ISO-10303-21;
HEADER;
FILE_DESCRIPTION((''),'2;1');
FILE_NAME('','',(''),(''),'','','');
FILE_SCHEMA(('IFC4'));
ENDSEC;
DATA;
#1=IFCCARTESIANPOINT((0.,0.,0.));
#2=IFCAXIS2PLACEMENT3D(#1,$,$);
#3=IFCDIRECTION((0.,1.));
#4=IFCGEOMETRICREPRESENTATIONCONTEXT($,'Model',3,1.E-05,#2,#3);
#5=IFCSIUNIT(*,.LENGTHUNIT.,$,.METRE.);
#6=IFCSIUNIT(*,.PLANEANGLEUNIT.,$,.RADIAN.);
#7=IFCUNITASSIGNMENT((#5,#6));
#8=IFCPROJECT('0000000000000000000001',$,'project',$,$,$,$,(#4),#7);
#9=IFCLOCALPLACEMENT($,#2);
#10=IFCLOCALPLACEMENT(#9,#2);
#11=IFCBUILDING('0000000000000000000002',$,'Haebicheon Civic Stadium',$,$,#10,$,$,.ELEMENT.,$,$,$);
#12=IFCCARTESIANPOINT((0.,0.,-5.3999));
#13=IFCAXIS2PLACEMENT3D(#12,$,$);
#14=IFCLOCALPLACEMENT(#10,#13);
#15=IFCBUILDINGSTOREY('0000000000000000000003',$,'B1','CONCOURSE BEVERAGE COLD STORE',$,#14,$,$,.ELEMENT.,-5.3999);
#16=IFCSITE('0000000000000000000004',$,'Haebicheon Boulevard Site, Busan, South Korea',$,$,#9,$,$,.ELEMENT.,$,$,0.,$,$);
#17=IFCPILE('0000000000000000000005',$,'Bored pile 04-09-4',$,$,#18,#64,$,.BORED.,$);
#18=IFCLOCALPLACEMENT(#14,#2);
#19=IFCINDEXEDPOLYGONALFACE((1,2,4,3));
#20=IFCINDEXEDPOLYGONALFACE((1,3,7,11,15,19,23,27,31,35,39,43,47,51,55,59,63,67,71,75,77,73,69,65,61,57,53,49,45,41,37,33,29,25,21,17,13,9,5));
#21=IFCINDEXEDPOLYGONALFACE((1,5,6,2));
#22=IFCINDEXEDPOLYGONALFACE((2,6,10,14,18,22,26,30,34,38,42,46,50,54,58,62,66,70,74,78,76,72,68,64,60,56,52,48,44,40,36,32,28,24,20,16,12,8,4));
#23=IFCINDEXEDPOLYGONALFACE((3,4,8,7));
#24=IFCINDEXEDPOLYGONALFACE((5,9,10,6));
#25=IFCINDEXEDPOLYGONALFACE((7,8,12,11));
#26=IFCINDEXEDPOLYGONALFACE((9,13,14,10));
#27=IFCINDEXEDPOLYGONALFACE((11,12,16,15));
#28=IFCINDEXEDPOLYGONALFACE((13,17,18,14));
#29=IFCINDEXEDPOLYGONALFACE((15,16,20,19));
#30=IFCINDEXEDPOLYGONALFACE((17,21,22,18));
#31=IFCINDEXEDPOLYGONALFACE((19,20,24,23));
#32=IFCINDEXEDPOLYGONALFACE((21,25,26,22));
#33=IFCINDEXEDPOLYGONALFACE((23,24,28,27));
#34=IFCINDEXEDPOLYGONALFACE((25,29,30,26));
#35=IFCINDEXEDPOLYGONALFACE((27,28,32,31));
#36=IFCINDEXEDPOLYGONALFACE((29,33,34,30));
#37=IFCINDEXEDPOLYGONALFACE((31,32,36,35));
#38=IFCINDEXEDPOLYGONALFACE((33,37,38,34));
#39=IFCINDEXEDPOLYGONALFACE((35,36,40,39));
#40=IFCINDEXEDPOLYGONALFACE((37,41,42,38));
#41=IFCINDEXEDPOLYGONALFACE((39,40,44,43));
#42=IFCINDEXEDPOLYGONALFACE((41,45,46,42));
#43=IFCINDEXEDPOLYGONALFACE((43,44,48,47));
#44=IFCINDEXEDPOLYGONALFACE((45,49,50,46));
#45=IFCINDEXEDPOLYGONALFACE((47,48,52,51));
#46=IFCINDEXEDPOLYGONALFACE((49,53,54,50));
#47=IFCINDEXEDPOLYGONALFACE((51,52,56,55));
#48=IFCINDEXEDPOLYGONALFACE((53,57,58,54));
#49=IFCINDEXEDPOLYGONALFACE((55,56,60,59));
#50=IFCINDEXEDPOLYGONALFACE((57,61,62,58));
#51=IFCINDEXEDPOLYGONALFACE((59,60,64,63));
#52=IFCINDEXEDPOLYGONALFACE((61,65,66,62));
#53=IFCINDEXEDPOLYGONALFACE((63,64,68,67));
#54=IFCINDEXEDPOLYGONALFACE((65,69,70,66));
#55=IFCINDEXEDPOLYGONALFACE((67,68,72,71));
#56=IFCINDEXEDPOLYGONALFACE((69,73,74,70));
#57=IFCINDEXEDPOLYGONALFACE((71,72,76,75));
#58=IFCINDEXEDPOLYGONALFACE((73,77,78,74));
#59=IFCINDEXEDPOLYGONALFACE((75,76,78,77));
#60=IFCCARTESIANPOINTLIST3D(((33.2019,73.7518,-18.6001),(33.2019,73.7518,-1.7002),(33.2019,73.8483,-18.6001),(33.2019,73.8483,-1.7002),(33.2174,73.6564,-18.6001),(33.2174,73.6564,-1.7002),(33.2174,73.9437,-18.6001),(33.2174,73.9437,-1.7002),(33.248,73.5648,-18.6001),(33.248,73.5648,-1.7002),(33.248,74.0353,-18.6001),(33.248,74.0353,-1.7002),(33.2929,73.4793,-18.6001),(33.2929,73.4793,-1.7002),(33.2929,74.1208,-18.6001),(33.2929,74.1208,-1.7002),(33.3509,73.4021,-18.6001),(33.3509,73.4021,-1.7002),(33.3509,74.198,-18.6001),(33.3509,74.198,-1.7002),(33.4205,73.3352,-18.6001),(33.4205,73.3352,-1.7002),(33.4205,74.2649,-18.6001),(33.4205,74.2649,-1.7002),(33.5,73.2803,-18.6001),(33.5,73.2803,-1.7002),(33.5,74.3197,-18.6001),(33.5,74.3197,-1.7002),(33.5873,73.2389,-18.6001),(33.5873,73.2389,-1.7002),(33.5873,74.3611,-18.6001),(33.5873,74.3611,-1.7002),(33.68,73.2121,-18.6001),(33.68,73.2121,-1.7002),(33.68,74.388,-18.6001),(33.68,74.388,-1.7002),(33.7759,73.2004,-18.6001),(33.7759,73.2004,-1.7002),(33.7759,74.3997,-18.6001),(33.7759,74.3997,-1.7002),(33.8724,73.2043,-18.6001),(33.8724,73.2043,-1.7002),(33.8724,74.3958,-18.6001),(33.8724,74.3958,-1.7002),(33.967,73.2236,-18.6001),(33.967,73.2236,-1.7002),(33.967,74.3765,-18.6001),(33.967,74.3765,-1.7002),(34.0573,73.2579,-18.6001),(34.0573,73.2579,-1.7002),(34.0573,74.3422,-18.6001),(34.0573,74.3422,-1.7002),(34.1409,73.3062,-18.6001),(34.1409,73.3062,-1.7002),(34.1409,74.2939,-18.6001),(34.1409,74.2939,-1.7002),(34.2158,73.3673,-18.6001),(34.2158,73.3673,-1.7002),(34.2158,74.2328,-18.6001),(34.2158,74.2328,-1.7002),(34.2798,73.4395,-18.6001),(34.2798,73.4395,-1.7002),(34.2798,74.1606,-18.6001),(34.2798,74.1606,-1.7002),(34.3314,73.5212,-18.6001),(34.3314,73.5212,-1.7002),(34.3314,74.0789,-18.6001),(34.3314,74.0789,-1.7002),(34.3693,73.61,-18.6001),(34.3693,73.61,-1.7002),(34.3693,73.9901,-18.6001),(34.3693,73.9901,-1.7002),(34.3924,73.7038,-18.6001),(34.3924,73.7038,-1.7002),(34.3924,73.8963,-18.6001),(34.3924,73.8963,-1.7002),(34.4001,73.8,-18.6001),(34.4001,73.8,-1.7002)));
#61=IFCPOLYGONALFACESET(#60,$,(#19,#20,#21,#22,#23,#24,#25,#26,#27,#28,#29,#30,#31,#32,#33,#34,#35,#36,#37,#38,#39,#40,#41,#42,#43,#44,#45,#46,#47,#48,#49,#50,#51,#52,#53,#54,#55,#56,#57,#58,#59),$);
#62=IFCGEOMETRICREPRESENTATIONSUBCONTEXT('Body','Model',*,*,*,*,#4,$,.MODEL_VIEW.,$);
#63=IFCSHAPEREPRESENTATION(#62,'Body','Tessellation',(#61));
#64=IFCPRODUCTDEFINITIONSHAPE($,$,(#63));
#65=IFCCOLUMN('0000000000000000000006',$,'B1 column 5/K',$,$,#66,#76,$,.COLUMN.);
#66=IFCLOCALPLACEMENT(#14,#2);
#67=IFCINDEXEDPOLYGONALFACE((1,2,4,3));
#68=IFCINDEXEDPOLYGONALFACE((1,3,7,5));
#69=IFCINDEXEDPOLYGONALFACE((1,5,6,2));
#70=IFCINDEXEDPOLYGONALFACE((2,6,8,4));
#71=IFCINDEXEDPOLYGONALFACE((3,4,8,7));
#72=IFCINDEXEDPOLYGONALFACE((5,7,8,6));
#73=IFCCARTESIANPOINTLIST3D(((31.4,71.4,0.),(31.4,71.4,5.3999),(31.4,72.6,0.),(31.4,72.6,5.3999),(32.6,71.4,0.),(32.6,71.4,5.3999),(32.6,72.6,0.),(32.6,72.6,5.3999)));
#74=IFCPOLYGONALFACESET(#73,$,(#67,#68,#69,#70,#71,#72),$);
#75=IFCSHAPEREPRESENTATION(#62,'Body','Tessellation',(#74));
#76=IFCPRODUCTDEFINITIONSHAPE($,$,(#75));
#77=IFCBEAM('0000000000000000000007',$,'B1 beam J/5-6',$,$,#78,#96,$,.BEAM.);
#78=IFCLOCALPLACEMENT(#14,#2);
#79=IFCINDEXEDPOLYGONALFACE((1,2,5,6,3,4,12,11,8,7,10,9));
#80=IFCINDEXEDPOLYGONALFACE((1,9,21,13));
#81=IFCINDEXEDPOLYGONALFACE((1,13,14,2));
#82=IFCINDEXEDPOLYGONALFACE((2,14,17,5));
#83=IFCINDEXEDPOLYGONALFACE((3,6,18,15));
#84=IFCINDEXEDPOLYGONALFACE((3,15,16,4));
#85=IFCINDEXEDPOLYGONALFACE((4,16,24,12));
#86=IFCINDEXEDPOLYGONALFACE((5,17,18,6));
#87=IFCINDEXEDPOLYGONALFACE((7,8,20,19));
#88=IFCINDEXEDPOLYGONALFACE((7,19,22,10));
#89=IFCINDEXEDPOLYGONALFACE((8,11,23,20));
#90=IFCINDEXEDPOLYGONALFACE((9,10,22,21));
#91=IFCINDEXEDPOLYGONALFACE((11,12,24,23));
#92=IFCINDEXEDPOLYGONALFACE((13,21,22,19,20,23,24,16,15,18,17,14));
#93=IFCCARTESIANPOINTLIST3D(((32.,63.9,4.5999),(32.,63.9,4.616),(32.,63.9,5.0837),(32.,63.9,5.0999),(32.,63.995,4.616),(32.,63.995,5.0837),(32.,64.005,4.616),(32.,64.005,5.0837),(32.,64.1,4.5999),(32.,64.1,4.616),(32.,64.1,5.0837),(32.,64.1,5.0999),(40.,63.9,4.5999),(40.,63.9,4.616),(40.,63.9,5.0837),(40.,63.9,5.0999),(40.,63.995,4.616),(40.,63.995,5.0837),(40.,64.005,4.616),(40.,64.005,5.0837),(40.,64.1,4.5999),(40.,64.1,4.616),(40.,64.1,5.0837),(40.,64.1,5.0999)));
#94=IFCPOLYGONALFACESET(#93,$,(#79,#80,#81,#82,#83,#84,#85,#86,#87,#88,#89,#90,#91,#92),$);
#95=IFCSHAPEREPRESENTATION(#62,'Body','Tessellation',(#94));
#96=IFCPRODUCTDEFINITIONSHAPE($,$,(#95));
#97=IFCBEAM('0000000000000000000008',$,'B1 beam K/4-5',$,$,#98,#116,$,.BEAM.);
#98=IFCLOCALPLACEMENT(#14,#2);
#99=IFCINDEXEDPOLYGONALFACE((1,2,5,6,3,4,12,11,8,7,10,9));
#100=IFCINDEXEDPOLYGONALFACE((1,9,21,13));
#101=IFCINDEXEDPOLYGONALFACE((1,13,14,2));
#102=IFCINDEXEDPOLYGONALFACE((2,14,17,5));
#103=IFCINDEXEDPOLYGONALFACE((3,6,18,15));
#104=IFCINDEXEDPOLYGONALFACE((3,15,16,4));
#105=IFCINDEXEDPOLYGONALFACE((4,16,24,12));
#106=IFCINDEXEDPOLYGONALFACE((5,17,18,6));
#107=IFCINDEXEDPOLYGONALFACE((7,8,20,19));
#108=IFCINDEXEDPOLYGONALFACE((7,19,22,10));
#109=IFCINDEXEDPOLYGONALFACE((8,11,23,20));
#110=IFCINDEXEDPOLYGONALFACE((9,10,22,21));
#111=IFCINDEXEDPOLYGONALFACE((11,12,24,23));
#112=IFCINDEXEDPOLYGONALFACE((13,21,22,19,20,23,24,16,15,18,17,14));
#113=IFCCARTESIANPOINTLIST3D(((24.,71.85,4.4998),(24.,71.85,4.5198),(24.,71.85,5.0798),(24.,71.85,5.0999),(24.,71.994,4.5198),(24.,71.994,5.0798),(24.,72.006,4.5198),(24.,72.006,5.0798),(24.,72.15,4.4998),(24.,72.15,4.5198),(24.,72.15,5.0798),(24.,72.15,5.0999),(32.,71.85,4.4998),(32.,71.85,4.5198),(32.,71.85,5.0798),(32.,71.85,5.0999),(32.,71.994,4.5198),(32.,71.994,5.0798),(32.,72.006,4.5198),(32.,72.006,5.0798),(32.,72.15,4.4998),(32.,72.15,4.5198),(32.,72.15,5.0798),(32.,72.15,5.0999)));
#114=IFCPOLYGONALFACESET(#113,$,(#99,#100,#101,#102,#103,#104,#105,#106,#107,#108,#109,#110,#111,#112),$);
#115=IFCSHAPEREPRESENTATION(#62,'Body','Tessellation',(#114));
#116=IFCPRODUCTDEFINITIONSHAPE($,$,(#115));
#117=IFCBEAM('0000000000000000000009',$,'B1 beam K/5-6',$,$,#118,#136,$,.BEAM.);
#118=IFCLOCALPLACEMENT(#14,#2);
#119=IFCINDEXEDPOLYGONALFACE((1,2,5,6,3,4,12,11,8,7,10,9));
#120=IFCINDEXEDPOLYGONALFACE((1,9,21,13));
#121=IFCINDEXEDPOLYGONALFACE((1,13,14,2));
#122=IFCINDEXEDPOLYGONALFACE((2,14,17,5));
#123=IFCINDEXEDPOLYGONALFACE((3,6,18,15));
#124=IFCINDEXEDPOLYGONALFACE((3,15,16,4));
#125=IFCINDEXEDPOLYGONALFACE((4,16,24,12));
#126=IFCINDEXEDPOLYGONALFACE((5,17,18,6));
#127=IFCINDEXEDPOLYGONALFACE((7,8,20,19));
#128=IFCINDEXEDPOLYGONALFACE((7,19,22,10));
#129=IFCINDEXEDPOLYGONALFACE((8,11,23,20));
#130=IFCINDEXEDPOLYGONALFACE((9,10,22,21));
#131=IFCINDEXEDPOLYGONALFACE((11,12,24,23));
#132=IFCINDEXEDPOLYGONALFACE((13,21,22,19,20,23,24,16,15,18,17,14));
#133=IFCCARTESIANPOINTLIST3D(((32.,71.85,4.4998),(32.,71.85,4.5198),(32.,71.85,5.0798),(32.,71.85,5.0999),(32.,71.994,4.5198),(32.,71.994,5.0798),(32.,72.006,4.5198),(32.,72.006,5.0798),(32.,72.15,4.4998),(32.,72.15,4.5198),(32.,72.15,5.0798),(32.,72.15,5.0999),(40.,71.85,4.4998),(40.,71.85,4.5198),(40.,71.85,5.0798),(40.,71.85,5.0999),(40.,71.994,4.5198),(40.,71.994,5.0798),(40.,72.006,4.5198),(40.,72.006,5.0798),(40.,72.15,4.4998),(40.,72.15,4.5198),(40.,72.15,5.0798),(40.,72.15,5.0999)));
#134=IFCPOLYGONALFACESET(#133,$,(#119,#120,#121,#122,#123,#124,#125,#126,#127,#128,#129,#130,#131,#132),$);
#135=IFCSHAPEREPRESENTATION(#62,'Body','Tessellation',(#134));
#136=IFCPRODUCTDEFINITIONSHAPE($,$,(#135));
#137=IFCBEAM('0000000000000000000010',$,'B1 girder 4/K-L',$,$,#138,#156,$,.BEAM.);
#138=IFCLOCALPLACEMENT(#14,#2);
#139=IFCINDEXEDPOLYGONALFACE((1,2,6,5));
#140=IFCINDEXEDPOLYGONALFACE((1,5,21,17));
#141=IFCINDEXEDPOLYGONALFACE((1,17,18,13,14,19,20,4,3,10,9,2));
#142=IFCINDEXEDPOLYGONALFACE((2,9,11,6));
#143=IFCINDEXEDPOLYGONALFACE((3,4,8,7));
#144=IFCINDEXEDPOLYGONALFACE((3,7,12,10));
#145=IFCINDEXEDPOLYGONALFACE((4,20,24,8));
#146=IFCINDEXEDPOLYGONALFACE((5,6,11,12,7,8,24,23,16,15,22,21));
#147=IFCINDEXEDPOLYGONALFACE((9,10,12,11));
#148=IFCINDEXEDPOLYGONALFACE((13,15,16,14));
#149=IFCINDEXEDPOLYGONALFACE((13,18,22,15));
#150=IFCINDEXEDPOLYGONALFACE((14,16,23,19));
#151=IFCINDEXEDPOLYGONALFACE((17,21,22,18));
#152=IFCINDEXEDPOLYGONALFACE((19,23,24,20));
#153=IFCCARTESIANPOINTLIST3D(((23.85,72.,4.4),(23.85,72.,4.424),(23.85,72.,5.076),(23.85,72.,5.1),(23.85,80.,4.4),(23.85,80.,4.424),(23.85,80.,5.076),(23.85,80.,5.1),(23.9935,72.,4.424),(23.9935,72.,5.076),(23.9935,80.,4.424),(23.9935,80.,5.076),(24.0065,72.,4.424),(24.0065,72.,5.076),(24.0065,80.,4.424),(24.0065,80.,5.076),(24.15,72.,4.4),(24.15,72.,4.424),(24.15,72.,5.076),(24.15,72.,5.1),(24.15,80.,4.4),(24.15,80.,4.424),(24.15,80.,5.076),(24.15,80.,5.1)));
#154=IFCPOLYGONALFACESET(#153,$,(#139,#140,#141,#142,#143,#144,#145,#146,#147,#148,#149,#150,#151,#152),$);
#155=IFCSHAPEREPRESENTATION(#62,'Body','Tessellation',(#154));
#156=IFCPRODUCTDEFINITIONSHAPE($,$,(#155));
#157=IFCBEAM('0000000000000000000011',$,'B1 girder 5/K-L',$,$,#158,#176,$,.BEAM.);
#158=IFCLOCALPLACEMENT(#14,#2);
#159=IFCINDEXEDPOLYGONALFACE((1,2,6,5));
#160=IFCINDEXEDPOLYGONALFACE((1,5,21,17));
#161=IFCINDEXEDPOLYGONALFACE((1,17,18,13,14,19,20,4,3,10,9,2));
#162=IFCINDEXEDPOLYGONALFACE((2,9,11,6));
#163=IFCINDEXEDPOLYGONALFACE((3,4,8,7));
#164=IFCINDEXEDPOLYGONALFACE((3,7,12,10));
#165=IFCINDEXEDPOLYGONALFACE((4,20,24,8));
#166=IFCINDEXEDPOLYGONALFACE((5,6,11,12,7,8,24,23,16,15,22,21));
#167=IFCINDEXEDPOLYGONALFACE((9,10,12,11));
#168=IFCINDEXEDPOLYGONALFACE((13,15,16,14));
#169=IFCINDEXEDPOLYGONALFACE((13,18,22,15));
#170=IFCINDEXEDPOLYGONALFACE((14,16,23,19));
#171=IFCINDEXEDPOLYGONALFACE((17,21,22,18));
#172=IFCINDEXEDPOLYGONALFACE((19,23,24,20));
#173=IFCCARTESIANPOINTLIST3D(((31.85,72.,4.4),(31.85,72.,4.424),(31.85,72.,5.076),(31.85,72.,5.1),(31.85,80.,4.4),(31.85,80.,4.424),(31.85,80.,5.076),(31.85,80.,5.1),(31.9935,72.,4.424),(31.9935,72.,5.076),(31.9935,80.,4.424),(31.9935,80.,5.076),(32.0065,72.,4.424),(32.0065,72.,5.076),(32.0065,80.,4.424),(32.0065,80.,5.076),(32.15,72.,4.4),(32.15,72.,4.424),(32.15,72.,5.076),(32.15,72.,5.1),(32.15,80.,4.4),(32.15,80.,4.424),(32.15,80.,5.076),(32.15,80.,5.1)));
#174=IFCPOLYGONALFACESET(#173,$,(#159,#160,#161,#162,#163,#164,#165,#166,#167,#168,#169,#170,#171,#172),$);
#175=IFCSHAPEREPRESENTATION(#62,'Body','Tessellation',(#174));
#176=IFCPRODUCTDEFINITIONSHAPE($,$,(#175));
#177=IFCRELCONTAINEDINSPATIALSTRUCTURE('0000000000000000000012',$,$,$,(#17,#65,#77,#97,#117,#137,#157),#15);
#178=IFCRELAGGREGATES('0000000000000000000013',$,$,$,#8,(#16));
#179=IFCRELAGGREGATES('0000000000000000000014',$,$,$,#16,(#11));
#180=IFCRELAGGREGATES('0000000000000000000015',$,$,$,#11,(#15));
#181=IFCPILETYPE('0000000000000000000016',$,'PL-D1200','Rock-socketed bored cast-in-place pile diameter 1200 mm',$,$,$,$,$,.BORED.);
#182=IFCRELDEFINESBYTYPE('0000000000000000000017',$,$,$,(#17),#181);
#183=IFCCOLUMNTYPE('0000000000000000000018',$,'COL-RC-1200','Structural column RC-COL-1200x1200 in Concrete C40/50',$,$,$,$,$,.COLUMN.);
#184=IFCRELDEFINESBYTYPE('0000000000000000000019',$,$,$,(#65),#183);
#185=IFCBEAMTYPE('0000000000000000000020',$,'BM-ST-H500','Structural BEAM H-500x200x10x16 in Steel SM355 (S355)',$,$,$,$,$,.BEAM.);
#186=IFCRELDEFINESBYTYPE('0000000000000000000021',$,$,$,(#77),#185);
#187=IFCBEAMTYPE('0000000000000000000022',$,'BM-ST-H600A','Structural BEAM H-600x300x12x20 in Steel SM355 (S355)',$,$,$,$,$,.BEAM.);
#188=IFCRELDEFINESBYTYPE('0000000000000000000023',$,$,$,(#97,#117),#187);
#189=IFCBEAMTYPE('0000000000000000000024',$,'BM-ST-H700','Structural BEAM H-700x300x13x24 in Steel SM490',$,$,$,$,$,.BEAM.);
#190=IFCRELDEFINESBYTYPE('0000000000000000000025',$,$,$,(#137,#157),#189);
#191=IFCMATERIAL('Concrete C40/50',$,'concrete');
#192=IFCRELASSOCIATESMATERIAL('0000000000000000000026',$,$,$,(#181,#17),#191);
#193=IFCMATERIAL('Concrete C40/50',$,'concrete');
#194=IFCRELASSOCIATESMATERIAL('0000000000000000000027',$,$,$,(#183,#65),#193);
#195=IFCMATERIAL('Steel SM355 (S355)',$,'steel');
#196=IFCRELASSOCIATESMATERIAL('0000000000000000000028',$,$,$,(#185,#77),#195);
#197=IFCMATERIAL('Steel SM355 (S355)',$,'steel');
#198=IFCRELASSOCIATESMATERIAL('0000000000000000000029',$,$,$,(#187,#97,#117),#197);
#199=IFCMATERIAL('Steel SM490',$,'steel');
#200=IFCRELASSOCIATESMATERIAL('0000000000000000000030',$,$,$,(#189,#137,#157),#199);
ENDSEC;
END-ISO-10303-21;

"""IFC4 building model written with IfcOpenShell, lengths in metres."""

from ifc_helpers import new_model, si_unit, direction, frame, origin, origin_2d, place, context, subcontext, project, spatial, rectangle, circle, i_section, extrude, material, material_profile, profile_set, type_object, element, save


model = new_model("IFC4")

# Units and contexts
model_context = context("Model", 3, precision=1e-05, world=origin(), true_north=direction((0.0, 1.0)))
body_context = subcontext(model_context, "Body", "Model", "MODEL_VIEW")
ifc_project = project(units=[si_unit("LENGTHUNIT", "METRE"), si_unit("PLANEANGLEUNIT", "RADIAN")], contexts=[model_context])

# Site, building, storey
site_placement = place(None, origin())
site = spatial("IfcSite", under=ifc_project, at=site_placement, Name="Haebicheon Boulevard Site, Busan, South Korea", CompositionType="ELEMENT", RefElevation=0.0)
building_placement = place(site_placement, origin())
building = spatial("IfcBuilding", under=site, at=building_placement, Name="Haebicheon Civic Stadium", CompositionType="ELEMENT")
storey_placement = place(building_placement, frame((0.0, 0.0, -5.3999)))
storey = spatial("IfcBuildingStorey", under=building, at=storey_placement, Name="B1", Description="CONCOURSE BEVERAGE COLD STORE", CompositionType="ELEMENT", Elevation=-5.3999)

# Pile
ifc_material_1 = material(Name="Concrete C40/50", Category="concrete")
ifc_material_profile_1 = material_profile(ifc_material_1, circle(Radius=0.6001, at=origin_2d()), Name="PILE-D1200")
ifc_profile_set_1 = profile_set([ifc_material_profile_1], Name="Concrete C40/50")
pile_type = type_object("IfcPileType", Name="PL-D1200", Description="Rock-socketed bored cast-in-place pile diameter 1200 mm", PredefinedType="BORED", material=ifc_profile_set_1)
for number, where, z_axis, x_axis, name in (
    (1, (33.8, 73.8, -1.7002), (0.0, 0.0, -1.0), (1.0, 0.0, 0.0), "Bored pile 04-09-4"),
):
    element("IfcPile", number, at=place(storey_placement, frame(where, z_axis=z_axis, x_axis=x_axis)), inside=storey, type_object=pile_type, material=ifc_profile_set_1, Name=name, PredefinedType="BORED", context=body_context, shape_type="SweptSolid", body=[
        extrude(circle(Radius=0.6001, at=origin_2d()), origin(), (0.0, 0.0, 1.0), 16.8999),
    ])

# Column
ifc_material_2 = material(Name="Concrete C40/50", Category="concrete")
ifc_material_profile_2 = material_profile(ifc_material_2, rectangle(XDim=1.2, YDim=1.2, at=origin_2d()), Name="RC-COL-1200x1200")
ifc_profile_set_2 = profile_set([ifc_material_profile_2], Name="Concrete C40/50")
column_type = type_object("IfcColumnType", Name="COL-RC-1200", Description="Structural column RC-COL-1200x1200 in Concrete C40/50", PredefinedType="COLUMN", material=ifc_profile_set_2)
column_placement = place(storey_placement, frame((32.0, 72.0, 0.0), z_axis=(0.0, 0.0, 1.0), x_axis=(1.0, 0.0, 0.0)))
element("IfcColumn", 2, at=column_placement, inside=storey, type_object=column_type, material=ifc_profile_set_2, Name="B1 column 5/K", PredefinedType="COLUMN", context=body_context, shape_type="SweptSolid", body=[
    extrude(rectangle(XDim=1.2, YDim=1.2, at=origin_2d()), origin(), (0.0, 0.0, 1.0), 5.3999),
])

# Beams
ifc_material_3 = material(Name="Steel SM355 (S355)", Category="steel")
ifc_material_profile_3 = material_profile(ifc_material_3, i_section(OverallWidth=0.2, OverallDepth=0.5, WebThickness=0.01, FlangeThickness=0.0161, at=origin_2d()), Name="H-500x200x10x16")
ifc_profile_set_3 = profile_set([ifc_material_profile_3], Name="Steel SM355 (S355)")
beam_type_1 = type_object("IfcBeamType", Name="BM-ST-H500", Description="Structural BEAM H-500x200x10x16 in Steel SM355 (S355)", PredefinedType="BEAM", material=ifc_profile_set_3)
beam_placement = place(storey_placement, frame((32.0, 64.0, 4.8499), z_axis=(1.0, 0.0, 0.0), x_axis=(0.0, 1.0, 0.0)))
element("IfcBeam", 3, at=beam_placement, inside=storey, type_object=beam_type_1, material=ifc_profile_set_3, Name="B1 beam J/5-6", PredefinedType="BEAM", context=body_context, shape_type="SweptSolid", body=[
    extrude(i_section(OverallWidth=0.2, OverallDepth=0.5, WebThickness=0.01, FlangeThickness=0.0161, at=origin_2d()), origin(), (0.0, 0.0, 1.0), 8.0),
])
ifc_material_4 = material(Name="Steel SM355 (S355)", Category="steel")
ifc_material_profile_4 = material_profile(ifc_material_4, i_section(OverallWidth=0.3, OverallDepth=0.6001, WebThickness=0.012, FlangeThickness=0.02, at=origin_2d()), Name="H-600x300x12x20")
ifc_profile_set_4 = profile_set([ifc_material_profile_4], Name="Steel SM355 (S355)")
beam_type_2 = type_object("IfcBeamType", Name="BM-ST-H600A", Description="Structural BEAM H-600x300x12x20 in Steel SM355 (S355)", PredefinedType="BEAM", material=ifc_profile_set_4)
for number, where, z_axis, x_axis, name in (
    (4, (24.0, 72.0, 4.7998), (1.0, 0.0, 0.0), (0.0, 1.0, 0.0), "B1 beam K/4-5"),
    (5, (32.0, 72.0, 4.7998), (1.0, 0.0, 0.0), (0.0, 1.0, 0.0), "B1 beam K/5-6"),
):
    element("IfcBeam", number, at=place(storey_placement, frame(where, z_axis=z_axis, x_axis=x_axis)), inside=storey, type_object=beam_type_2, material=ifc_profile_set_4, Name=name, PredefinedType="BEAM", context=body_context, shape_type="SweptSolid", body=[
        extrude(i_section(OverallWidth=0.3, OverallDepth=0.6001, WebThickness=0.012, FlangeThickness=0.02, at=origin_2d()), origin(), (0.0, 0.0, 1.0), 8.0),
    ])
ifc_material_5 = material(Name="Steel SM490", Category="steel")
ifc_material_profile_5 = material_profile(ifc_material_5, i_section(OverallWidth=0.3, OverallDepth=0.7, WebThickness=0.0129, FlangeThickness=0.0239, at=origin_2d()), Name="H-700x300x13x24")
ifc_profile_set_5 = profile_set([ifc_material_profile_5], Name="Steel SM490")
beam_type_3 = type_object("IfcBeamType", Name="BM-ST-H700", Description="Structural BEAM H-700x300x13x24 in Steel SM490", PredefinedType="BEAM", material=ifc_profile_set_5)
for number, where, z_axis, x_axis, name in (
    (6, (24.0, 72.0, 4.75), (0.0, 1.0, 0.0), (-1.0, 0.0, 0.0), "B1 girder 4/K-L"),
    (7, (32.0, 72.0, 4.75), (0.0, 1.0, 0.0), (-1.0, 0.0, 0.0), "B1 girder 5/K-L"),
):
    element("IfcBeam", number, at=place(storey_placement, frame(where, z_axis=z_axis, x_axis=x_axis)), inside=storey, type_object=beam_type_3, material=ifc_profile_set_5, Name=name, PredefinedType="BEAM", context=body_context, shape_type="SweptSolid", body=[
        extrude(i_section(OverallWidth=0.3, OverallDepth=0.7, WebThickness=0.0129, FlangeThickness=0.0239, at=origin_2d()), origin(), (0.0, 0.0, 1.0), 8.0),
    ])

save(model, "model.ifc")
